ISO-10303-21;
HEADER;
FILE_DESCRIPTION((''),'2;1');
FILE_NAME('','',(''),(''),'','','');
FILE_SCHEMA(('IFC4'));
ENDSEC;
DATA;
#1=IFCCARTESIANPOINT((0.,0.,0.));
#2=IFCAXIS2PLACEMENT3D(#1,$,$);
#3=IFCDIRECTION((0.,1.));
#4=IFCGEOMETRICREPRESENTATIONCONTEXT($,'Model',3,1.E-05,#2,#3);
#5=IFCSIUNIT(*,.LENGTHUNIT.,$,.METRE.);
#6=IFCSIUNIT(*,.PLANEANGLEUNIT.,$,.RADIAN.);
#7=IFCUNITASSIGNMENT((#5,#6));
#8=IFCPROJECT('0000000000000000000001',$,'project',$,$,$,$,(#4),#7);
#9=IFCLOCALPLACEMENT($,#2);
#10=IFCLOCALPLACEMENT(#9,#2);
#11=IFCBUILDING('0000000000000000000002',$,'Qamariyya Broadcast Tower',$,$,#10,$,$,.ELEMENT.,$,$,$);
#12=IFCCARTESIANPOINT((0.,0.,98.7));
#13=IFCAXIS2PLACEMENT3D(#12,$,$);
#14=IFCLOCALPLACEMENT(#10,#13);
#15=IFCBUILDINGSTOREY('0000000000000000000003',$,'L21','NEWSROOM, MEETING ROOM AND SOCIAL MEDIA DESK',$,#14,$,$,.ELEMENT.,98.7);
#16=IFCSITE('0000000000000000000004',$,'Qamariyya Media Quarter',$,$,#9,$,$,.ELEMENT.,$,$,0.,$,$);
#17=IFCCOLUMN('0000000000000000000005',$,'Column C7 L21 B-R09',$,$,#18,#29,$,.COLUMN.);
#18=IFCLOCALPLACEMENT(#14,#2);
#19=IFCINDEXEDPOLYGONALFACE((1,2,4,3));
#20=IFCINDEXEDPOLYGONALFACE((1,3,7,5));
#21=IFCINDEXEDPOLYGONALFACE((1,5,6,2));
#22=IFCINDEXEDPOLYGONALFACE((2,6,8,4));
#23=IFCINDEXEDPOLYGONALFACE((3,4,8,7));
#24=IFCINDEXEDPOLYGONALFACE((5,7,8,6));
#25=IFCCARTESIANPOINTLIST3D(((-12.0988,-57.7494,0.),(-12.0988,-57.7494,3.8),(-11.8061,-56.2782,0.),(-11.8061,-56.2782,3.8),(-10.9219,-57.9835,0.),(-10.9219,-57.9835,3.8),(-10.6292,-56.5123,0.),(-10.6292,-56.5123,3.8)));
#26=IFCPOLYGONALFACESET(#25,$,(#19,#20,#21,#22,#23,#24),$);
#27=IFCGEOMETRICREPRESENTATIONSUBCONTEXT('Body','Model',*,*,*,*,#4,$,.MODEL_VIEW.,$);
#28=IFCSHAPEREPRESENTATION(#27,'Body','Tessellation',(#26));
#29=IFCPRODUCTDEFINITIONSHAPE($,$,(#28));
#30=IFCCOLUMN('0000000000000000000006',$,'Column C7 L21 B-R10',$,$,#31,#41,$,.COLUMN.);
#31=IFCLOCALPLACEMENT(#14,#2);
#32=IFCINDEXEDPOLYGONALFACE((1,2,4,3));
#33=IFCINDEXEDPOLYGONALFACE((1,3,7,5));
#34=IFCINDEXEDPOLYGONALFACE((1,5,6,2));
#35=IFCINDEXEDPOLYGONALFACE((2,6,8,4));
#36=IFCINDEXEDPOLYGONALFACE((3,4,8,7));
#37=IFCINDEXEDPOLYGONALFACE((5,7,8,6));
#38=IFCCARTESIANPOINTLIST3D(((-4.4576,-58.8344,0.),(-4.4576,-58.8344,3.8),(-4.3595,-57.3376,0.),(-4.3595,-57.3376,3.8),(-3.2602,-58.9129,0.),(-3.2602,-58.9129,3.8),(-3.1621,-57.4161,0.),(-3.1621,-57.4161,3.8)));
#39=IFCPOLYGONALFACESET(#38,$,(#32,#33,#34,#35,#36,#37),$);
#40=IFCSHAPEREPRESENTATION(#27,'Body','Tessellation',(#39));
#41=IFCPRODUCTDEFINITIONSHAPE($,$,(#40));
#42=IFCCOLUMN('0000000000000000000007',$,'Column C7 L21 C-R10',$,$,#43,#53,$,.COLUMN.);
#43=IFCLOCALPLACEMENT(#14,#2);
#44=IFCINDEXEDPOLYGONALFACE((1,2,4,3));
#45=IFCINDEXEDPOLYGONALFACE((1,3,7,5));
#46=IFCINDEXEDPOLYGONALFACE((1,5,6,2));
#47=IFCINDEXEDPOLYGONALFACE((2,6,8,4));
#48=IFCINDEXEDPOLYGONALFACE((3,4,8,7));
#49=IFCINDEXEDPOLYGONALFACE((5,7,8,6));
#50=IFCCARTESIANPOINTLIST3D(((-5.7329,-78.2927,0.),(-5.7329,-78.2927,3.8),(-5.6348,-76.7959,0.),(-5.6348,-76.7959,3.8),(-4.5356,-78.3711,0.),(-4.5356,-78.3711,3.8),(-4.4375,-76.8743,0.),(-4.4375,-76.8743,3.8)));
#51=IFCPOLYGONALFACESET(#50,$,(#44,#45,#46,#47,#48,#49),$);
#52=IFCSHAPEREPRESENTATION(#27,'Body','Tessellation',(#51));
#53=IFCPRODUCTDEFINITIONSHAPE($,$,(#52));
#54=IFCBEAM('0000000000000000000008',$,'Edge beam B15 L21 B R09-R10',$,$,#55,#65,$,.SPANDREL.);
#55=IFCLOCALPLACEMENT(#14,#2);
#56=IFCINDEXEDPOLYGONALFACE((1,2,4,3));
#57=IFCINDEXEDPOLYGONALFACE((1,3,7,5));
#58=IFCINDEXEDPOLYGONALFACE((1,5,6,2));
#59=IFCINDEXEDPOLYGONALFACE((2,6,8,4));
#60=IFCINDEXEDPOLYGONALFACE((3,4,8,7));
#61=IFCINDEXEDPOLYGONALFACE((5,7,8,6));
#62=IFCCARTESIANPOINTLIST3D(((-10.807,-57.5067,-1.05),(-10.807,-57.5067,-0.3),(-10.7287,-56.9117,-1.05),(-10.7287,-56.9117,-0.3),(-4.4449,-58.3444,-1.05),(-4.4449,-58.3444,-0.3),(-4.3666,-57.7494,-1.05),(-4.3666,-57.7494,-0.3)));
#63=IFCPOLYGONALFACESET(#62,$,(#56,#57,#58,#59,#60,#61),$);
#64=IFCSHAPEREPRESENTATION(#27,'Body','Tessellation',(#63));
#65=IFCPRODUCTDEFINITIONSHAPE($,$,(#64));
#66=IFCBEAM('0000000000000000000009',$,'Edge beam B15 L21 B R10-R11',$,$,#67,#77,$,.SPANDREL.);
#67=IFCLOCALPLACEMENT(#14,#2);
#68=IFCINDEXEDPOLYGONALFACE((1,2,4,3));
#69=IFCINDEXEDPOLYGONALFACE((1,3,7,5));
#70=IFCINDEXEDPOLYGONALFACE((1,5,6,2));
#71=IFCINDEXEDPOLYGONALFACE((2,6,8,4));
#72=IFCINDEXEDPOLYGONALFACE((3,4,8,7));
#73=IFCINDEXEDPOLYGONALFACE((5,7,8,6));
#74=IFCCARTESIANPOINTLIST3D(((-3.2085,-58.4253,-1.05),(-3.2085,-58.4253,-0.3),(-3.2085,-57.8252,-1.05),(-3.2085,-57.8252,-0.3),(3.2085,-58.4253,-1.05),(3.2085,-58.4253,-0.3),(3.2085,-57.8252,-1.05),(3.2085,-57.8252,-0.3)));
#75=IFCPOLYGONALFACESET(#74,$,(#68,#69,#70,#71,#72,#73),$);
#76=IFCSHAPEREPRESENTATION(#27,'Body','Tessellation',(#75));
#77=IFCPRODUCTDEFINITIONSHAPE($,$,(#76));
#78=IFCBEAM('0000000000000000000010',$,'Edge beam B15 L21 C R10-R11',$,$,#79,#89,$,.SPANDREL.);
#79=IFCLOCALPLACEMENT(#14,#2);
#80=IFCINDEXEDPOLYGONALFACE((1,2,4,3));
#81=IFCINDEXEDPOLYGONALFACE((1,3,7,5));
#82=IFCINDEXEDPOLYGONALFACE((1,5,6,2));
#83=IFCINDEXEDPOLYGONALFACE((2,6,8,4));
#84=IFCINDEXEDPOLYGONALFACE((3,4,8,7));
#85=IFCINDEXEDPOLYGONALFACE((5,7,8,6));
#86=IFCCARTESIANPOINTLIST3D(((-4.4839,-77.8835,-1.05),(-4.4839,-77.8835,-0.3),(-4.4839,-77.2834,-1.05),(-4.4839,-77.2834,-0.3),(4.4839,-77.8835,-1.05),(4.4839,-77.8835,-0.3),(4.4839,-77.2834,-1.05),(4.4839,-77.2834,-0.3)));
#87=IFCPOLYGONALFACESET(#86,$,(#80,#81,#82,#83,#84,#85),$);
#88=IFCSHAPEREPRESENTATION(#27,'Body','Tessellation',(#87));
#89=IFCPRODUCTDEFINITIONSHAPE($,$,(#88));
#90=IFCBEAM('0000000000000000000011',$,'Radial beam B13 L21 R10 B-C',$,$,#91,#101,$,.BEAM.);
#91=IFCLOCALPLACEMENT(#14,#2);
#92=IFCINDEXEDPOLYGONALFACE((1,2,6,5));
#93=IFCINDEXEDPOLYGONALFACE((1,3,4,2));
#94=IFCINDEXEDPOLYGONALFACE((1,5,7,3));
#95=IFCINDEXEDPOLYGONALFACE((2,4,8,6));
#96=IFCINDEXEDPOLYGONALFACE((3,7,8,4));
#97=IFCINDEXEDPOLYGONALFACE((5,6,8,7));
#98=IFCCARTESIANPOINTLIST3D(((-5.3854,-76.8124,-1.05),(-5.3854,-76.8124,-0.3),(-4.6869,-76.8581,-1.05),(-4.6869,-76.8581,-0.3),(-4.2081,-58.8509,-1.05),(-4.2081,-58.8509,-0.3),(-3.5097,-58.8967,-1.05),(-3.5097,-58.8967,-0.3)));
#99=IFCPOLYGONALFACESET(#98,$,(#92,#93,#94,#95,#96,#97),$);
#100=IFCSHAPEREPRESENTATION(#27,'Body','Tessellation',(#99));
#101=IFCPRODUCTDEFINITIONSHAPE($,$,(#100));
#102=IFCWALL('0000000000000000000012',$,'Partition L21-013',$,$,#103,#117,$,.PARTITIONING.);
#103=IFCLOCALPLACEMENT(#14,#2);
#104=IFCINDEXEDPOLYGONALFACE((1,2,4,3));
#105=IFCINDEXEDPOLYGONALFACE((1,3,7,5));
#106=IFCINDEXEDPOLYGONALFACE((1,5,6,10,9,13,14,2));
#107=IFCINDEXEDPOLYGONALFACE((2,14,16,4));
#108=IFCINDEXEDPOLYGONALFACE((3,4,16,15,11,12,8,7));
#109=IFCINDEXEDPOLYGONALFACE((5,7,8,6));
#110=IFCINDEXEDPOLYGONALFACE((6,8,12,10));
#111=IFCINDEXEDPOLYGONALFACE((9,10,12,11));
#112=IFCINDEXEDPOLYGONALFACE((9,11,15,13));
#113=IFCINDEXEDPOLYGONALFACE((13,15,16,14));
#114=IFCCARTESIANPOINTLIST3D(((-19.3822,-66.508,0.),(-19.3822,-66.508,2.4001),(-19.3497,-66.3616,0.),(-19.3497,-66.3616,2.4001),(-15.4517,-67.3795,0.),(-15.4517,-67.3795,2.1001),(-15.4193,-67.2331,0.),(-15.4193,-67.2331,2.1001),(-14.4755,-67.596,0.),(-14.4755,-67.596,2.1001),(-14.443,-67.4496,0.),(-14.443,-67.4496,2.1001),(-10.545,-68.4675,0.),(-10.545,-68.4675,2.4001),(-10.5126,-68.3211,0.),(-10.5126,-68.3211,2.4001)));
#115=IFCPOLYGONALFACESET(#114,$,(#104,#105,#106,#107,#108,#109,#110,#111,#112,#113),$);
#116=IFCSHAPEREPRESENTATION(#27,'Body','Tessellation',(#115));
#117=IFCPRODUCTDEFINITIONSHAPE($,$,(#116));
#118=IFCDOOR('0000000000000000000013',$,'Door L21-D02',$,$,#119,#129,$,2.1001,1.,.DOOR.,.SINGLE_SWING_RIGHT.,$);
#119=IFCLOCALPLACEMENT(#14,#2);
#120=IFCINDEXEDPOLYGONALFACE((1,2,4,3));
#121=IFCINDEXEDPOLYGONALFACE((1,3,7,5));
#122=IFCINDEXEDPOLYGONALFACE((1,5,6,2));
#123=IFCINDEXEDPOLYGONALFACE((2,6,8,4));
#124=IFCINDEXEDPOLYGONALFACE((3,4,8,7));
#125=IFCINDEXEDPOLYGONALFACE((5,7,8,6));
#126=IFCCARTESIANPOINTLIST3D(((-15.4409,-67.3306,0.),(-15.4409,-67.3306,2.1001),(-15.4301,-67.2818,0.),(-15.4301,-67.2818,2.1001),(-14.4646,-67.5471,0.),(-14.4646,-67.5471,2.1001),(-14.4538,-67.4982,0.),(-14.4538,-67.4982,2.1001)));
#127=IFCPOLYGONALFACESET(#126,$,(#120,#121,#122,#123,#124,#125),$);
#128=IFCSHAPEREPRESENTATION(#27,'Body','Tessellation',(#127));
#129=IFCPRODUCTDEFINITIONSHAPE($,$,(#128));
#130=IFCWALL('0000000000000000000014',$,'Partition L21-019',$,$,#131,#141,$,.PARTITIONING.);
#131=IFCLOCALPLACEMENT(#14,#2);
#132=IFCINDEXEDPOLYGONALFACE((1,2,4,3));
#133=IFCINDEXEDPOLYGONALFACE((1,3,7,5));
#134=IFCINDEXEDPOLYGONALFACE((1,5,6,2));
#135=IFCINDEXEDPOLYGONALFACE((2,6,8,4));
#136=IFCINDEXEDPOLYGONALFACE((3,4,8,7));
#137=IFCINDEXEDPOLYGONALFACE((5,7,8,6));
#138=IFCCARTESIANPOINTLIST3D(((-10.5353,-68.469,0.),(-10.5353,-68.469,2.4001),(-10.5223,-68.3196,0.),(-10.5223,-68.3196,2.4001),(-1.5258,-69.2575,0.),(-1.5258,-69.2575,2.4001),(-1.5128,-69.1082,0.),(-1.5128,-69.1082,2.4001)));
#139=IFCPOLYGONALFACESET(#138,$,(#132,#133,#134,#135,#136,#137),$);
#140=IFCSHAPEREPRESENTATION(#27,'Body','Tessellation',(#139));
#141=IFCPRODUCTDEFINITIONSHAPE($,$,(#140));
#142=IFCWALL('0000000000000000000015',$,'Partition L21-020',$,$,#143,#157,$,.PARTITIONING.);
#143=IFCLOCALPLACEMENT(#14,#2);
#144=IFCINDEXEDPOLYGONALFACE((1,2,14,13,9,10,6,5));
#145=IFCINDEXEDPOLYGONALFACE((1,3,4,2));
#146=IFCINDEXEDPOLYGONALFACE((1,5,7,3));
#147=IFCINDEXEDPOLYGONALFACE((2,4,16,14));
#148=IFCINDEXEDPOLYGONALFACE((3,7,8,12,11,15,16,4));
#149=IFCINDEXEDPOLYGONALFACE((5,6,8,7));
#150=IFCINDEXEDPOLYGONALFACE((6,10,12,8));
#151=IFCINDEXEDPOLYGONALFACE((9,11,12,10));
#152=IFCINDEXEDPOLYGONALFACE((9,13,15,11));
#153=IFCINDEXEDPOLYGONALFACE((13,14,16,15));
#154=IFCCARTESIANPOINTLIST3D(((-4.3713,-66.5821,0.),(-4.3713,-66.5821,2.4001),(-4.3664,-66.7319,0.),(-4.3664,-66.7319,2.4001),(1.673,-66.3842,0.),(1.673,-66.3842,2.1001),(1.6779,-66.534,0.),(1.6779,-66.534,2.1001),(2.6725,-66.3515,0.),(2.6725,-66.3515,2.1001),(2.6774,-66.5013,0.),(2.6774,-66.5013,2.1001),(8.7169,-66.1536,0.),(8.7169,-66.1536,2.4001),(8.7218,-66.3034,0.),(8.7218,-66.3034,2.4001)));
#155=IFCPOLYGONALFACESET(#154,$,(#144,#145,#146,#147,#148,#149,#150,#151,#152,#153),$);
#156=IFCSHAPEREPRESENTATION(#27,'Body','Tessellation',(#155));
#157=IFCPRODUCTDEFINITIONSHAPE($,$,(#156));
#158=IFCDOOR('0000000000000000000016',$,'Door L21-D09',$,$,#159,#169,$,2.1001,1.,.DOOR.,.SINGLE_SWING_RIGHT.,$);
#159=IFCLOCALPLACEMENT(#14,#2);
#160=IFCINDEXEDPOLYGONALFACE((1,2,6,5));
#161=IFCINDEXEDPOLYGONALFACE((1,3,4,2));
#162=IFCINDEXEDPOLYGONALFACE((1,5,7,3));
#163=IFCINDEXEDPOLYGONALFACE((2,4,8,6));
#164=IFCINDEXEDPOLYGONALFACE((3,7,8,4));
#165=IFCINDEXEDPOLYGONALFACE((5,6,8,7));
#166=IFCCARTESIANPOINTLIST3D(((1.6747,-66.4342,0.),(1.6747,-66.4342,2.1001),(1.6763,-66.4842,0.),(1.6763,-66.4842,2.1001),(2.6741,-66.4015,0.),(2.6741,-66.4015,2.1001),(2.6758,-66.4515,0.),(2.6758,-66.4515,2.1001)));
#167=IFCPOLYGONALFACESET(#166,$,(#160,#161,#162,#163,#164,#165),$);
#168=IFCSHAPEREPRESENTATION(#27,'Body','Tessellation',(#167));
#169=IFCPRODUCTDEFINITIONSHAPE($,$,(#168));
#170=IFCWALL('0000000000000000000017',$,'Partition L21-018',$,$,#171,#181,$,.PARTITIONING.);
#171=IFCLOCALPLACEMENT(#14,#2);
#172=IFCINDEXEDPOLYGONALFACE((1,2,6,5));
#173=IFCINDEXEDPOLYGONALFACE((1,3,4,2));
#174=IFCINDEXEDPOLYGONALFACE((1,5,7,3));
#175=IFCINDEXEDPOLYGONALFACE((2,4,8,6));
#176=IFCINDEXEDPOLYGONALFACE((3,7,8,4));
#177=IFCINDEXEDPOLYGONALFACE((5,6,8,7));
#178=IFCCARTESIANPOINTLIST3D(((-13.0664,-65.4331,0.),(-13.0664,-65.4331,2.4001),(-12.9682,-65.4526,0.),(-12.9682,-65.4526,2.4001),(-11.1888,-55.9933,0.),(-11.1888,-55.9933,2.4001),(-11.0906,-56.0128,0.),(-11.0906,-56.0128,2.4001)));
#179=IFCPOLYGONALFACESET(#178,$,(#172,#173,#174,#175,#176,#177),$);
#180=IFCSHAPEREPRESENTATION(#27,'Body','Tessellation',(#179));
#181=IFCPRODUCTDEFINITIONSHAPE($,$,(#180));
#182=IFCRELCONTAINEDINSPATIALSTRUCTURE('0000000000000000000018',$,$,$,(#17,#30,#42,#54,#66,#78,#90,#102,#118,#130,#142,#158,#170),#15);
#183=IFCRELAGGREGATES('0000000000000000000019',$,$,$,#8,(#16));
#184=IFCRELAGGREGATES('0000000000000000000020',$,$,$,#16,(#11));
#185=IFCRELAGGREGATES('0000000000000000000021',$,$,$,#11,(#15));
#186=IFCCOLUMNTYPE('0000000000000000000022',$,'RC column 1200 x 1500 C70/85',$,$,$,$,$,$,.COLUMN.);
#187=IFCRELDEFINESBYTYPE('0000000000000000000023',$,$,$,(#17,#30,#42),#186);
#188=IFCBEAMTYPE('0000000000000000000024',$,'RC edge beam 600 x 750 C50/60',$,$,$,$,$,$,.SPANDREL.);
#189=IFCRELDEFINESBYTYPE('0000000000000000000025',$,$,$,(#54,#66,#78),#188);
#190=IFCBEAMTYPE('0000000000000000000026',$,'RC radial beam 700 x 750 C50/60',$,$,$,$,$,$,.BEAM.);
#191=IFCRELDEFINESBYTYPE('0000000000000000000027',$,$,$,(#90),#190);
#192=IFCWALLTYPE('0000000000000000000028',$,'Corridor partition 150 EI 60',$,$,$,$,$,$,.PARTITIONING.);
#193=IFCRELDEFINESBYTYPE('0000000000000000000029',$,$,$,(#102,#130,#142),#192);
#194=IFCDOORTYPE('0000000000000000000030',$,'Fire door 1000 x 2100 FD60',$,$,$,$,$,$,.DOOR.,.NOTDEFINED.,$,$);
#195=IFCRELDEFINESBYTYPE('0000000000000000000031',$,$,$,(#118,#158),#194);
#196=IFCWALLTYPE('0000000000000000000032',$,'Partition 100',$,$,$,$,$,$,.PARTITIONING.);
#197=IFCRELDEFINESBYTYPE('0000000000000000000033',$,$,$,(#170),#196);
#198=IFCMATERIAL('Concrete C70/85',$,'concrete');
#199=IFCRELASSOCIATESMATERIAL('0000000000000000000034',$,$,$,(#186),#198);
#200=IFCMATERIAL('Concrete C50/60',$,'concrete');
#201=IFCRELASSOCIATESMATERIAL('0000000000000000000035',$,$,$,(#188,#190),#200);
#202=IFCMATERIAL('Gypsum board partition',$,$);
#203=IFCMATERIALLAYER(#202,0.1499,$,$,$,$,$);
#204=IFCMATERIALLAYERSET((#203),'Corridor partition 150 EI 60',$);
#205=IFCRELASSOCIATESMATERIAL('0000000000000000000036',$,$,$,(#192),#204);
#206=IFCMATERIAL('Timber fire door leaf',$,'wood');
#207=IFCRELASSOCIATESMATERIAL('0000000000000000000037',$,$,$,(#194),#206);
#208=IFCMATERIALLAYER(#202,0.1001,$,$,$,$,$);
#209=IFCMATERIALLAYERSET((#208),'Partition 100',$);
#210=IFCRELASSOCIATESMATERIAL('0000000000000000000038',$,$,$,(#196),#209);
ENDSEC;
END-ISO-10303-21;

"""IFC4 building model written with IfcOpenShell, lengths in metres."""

from ifc_helpers import new_model, si_unit, direction, frame, frame_2d, origin, origin_2d, place, context, subcontext, project, spatial, rectangle, extrude, material, layer, layer_set, material_profile, profile_set, type_object, element, fill, save


model = new_model("IFC4")

# Units and contexts
model_context = context("Model", 3, precision=1e-05, world=origin(), true_north=direction((0.0, 1.0)))
body_context = subcontext(model_context, "Body", "Model", "MODEL_VIEW")
ifc_project = project(units=[si_unit("LENGTHUNIT", "METRE"), si_unit("PLANEANGLEUNIT", "RADIAN")], contexts=[model_context])

# Site, building, storey
site_placement = place(None, origin())
site = spatial("IfcSite", under=ifc_project, at=site_placement, Name="Qamariyya Media Quarter", CompositionType="ELEMENT", RefElevation=0.0)
building_placement = place(site_placement, origin())
building = spatial("IfcBuilding", under=site, at=building_placement, Name="Qamariyya Broadcast Tower", CompositionType="ELEMENT")
storey_placement = place(building_placement, frame((0.0, 0.0, 98.7)))
storey = spatial("IfcBuildingStorey", under=building, at=storey_placement, Name="L21", Description="NEWSROOM, MEETING ROOM AND SOCIAL MEDIA DESK", CompositionType="ELEMENT", Elevation=98.7)

# Columns
ifc_material_1 = material(Name="Concrete C70/85", Category="concrete")
ifc_material_profile_1 = material_profile(ifc_material_1, rectangle(XDim=1.2, YDim=1.5, at=origin_2d()))
ifc_profile_set_1 = profile_set([ifc_material_profile_1], Name="Concrete C70/85")
column_type = type_object("IfcColumnType", Name="RC column 1200 x 1500 C70/85", PredefinedType="COLUMN", material=ifc_profile_set_1)
for number, where, z_axis, x_axis, name in (
    (1, (-11.364, -57.1309, 0.0), (0.0, 0.0, 1.0), (0.980785, -0.19509, 0.0), "Column C7 L21 B-R09"),
    (2, (-3.8098, -58.1252, 0.0), (0.0, 0.0, 1.0), (0.997859, -0.065403, 0.0), "Column C7 L21 B-R10"),
    (3, (-5.0852, -77.5835, 0.0), (0.0, 0.0, 1.0), (0.997859, -0.065403, 0.0), "Column C7 L21 C-R10"),
):
    element("IfcColumn", number, at=place(storey_placement, frame(where, z_axis=z_axis, x_axis=x_axis)), inside=storey, type_object=column_type, Name=name, PredefinedType="COLUMN", context=body_context, shape_type="SweptSolid", body=[
        extrude(rectangle(XDim=1.2, YDim=1.5, at=origin_2d()), origin(), (0.0, 0.0, 1.0), 3.8),
    ])

# Beams
ifc_material_2 = material(Name="Concrete C50/60", Category="concrete")
ifc_material_profile_2 = material_profile(ifc_material_2, rectangle(XDim=0.6001, YDim=0.75, at=origin_2d()))
ifc_profile_set_2 = profile_set([ifc_material_profile_2], Name="Concrete C50/60")
beam_type_1 = type_object("IfcBeamType", Name="RC edge beam 600 x 750 C50/60", PredefinedType="SPANDREL", material=ifc_profile_set_2)
for number, where, z_axis, x_axis, name in (
    (4, (-10.7678, -57.2092, -0.675), (0.991444, -0.130536, 0.0), (0.130536, 0.991444, 0.0), "Edge beam B15 L21 B R09-R10"),
    (5, (-3.2085, -58.1252, -0.675), (1.0, 0.0, 0.0), (0.0, 1.0, 0.0), "Edge beam B15 L21 B R10-R11"),
):
    element("IfcBeam", number, at=place(storey_placement, frame(where, z_axis=z_axis, x_axis=x_axis)), inside=storey, type_object=beam_type_1, Name=name, PredefinedType="SPANDREL", context=body_context, shape_type="SweptSolid", body=[
        extrude(rectangle(XDim=0.6001, YDim=0.75, at=origin_2d()), origin(), (0.0, 0.0, 1.0), 6.417),
    ])
beam_1_placement = place(storey_placement, frame((-4.4839, -77.5835, -0.675), z_axis=(1.0, 0.0, 0.0), x_axis=(0.0, 1.0, 0.0)))
element("IfcBeam", 6, at=beam_1_placement, inside=storey, type_object=beam_type_1, Name="Edge beam B15 L21 C R10-R11", PredefinedType="SPANDREL", context=body_context, shape_type="SweptSolid", body=[
    extrude(rectangle(XDim=0.6001, YDim=0.75, at=origin_2d()), origin(), (0.0, 0.0, 1.0), 8.9678),
])
ifc_material_profile_3 = material_profile(ifc_material_2, rectangle(XDim=0.7, YDim=0.75, at=origin_2d()))
ifc_profile_set_3 = profile_set([ifc_material_profile_3], Name="Concrete C50/60")
beam_type_2 = type_object("IfcBeamType", Name="RC radial beam 700 x 750 C50/60", PredefinedType="BEAM", material=ifc_profile_set_3)
beam_2_placement = place(storey_placement, frame((-3.8589, -58.8738, -0.675), z_axis=(-0.065403, -0.997859, 0.0), x_axis=(0.997859, -0.065403, 0.0)))
element("IfcBeam", 7, at=beam_2_placement, inside=storey, type_object=beam_type_2, Name="Radial beam B13 L21 R10 B-C", PredefinedType="BEAM", context=body_context, shape_type="SweptSolid", body=[
    extrude(rectangle(XDim=0.7, YDim=0.75, at=origin_2d()), origin(), (0.0, 0.0, 1.0), 18.0),
])

# Wall, opening, door
ifc_material_3 = material(Name="Gypsum board partition")
ifc_layer_1 = layer(ifc_material_3, 0.1499)
ifc_layer_set_1 = layer_set([ifc_layer_1], Name="Corridor partition 150 EI 60")
wall_type_1 = type_object("IfcWallType", Name="Corridor partition 150 EI 60", PredefinedType="PARTITIONING", material=ifc_layer_set_1)
wall_1_placement = place(storey_placement, frame((-10.5288, -68.3943, 0.0), z_axis=(0.0, 0.0, 1.0), x_axis=(-0.976288, 0.216474, 0.0)))
wall_1 = element("IfcWall", 8, at=wall_1_placement, inside=storey, type_object=wall_type_1, Name="Partition L21-013", PredefinedType="PARTITIONING", context=body_context, shape_type="SweptSolid", body=[
    extrude(rectangle(XDim=9.0518, YDim=0.1499, at=frame_2d((4.5259, 0.0))), origin(), (0.0, 0.0, 1.0), 2.4001),
])
opening_1_placement = place(wall_1_placement, frame((4.0259, 0.0, 0.0)))
opening_1 = element("IfcOpeningElement", 9, at=opening_1_placement, cuts=wall_1, PredefinedType="OPENING", context=body_context, shape_type="SweptSolid", body=[
    extrude(rectangle(XDim=1.0, YDim=2.1001, at=frame_2d((0.5, 1.05))), frame((0.0, 0.085, 0.0), z_axis=(0.0, -1.0, 0.0), x_axis=(1.0, 0.0, 0.0)), (0.0, 0.0, 1.0), 0.1699),
])
ifc_material_4 = material(Name="Timber fire door leaf", Category="wood")
door_type = type_object("IfcDoorType", Name="Fire door 1000 x 2100 FD60", OperationType="NOTDEFINED", PredefinedType="DOOR", material=ifc_material_4)
door_1_placement = place(opening_1_placement, origin())
door_1 = element("IfcDoor", 10, at=door_1_placement, inside=storey, type_object=door_type, Name="Door L21-D02", OperationType="SINGLE_SWING_RIGHT", OverallHeight=2.1001, OverallWidth=1.0, PredefinedType="DOOR", context=body_context, shape_type="SweptSolid", body=[
    extrude(rectangle(XDim=1.0, YDim=2.1001, at=frame_2d((0.5, 1.05))), frame((0.0, 0.0249, 0.0), z_axis=(0.0, -1.0, 0.0), x_axis=(1.0, 0.0, 0.0)), (0.0, 0.0, 1.0), 0.05),
])
fill(opening_1, door_1)

# Wall
wall_2_placement = place(storey_placement, frame((-10.5288, -68.3943, 0.0), z_axis=(0.0, 0.0, 1.0), x_axis=(0.996191, -0.087193, 0.0)))
element("IfcWall", 11, at=wall_2_placement, inside=storey, type_object=wall_type_1, Name="Partition L21-019", PredefinedType="PARTITIONING", context=body_context, shape_type="SweptSolid", body=[
    extrude(rectangle(XDim=9.0439, YDim=0.1499, at=frame_2d((4.522, 0.0))), origin(), (0.0, 0.0, 1.0), 2.4001),
])

# Wall, opening, door
wall_3_placement = place(storey_placement, frame((-4.3689, -66.657, 0.0), z_axis=(0.0, 0.0, 1.0), x_axis=(0.999465, 0.03272, 0.0)))
wall_3 = element("IfcWall", 12, at=wall_3_placement, inside=storey, type_object=wall_type_1, Name="Partition L21-020", PredefinedType="PARTITIONING", context=body_context, shape_type="SweptSolid", body=[
    extrude(rectangle(XDim=13.0952, YDim=0.1499, at=frame_2d((6.5476, 0.0))), origin(), (0.0, 0.0, 1.0), 2.4001),
])
opening_2_placement = place(wall_3_placement, frame((6.0476, 0.0, 0.0)))
opening_2 = element("IfcOpeningElement", 13, at=opening_2_placement, cuts=wall_3, PredefinedType="OPENING", context=body_context, shape_type="SweptSolid", body=[
    extrude(rectangle(XDim=1.0, YDim=2.1001, at=frame_2d((0.5, 1.05))), frame((0.0, 0.085, 0.0), z_axis=(0.0, -1.0, 0.0), x_axis=(1.0, 0.0, 0.0)), (0.0, 0.0, 1.0), 0.1699),
])
door_2_placement = place(opening_2_placement, origin())
door_2 = element("IfcDoor", 14, at=door_2_placement, inside=storey, type_object=door_type, Name="Door L21-D09", OperationType="SINGLE_SWING_RIGHT", OverallHeight=2.1001, OverallWidth=1.0, PredefinedType="DOOR", context=body_context, shape_type="SweptSolid", body=[
    extrude(rectangle(XDim=1.0, YDim=2.1001, at=frame_2d((0.5, 1.05))), frame((0.0, 0.0249, 0.0), z_axis=(0.0, -1.0, 0.0), x_axis=(1.0, 0.0, 0.0)), (0.0, 0.0, 1.0), 0.05),
])
fill(opening_2, door_2)

# Wall
ifc_layer_2 = layer(ifc_material_3, 0.1001)
ifc_layer_set_2 = layer_set([ifc_layer_2], Name="Partition 100")
wall_type_2 = type_object("IfcWallType", Name="Partition 100", PredefinedType="PARTITIONING", material=ifc_layer_set_2)
for number, where, z_axis, x_axis, name in (
    (15, (-11.1396, -56.0029, 0.0), (0.0, 0.0, 1.0), (-0.195087, -0.980786, 0.0), "Partition L21-018"),
):
    element("IfcWall", number, at=place(storey_placement, frame(where, z_axis=z_axis, x_axis=x_axis)), inside=storey, type_object=wall_type_2, Name=name, PredefinedType="PARTITIONING", context=body_context, shape_type="SweptSolid", body=[
        extrude(rectangle(XDim=9.6248, YDim=0.1001, at=frame_2d((4.8125, 0.0))), origin(), (0.0, 0.0, 1.0), 2.4001),
    ])

save(model, "model.ifc")
